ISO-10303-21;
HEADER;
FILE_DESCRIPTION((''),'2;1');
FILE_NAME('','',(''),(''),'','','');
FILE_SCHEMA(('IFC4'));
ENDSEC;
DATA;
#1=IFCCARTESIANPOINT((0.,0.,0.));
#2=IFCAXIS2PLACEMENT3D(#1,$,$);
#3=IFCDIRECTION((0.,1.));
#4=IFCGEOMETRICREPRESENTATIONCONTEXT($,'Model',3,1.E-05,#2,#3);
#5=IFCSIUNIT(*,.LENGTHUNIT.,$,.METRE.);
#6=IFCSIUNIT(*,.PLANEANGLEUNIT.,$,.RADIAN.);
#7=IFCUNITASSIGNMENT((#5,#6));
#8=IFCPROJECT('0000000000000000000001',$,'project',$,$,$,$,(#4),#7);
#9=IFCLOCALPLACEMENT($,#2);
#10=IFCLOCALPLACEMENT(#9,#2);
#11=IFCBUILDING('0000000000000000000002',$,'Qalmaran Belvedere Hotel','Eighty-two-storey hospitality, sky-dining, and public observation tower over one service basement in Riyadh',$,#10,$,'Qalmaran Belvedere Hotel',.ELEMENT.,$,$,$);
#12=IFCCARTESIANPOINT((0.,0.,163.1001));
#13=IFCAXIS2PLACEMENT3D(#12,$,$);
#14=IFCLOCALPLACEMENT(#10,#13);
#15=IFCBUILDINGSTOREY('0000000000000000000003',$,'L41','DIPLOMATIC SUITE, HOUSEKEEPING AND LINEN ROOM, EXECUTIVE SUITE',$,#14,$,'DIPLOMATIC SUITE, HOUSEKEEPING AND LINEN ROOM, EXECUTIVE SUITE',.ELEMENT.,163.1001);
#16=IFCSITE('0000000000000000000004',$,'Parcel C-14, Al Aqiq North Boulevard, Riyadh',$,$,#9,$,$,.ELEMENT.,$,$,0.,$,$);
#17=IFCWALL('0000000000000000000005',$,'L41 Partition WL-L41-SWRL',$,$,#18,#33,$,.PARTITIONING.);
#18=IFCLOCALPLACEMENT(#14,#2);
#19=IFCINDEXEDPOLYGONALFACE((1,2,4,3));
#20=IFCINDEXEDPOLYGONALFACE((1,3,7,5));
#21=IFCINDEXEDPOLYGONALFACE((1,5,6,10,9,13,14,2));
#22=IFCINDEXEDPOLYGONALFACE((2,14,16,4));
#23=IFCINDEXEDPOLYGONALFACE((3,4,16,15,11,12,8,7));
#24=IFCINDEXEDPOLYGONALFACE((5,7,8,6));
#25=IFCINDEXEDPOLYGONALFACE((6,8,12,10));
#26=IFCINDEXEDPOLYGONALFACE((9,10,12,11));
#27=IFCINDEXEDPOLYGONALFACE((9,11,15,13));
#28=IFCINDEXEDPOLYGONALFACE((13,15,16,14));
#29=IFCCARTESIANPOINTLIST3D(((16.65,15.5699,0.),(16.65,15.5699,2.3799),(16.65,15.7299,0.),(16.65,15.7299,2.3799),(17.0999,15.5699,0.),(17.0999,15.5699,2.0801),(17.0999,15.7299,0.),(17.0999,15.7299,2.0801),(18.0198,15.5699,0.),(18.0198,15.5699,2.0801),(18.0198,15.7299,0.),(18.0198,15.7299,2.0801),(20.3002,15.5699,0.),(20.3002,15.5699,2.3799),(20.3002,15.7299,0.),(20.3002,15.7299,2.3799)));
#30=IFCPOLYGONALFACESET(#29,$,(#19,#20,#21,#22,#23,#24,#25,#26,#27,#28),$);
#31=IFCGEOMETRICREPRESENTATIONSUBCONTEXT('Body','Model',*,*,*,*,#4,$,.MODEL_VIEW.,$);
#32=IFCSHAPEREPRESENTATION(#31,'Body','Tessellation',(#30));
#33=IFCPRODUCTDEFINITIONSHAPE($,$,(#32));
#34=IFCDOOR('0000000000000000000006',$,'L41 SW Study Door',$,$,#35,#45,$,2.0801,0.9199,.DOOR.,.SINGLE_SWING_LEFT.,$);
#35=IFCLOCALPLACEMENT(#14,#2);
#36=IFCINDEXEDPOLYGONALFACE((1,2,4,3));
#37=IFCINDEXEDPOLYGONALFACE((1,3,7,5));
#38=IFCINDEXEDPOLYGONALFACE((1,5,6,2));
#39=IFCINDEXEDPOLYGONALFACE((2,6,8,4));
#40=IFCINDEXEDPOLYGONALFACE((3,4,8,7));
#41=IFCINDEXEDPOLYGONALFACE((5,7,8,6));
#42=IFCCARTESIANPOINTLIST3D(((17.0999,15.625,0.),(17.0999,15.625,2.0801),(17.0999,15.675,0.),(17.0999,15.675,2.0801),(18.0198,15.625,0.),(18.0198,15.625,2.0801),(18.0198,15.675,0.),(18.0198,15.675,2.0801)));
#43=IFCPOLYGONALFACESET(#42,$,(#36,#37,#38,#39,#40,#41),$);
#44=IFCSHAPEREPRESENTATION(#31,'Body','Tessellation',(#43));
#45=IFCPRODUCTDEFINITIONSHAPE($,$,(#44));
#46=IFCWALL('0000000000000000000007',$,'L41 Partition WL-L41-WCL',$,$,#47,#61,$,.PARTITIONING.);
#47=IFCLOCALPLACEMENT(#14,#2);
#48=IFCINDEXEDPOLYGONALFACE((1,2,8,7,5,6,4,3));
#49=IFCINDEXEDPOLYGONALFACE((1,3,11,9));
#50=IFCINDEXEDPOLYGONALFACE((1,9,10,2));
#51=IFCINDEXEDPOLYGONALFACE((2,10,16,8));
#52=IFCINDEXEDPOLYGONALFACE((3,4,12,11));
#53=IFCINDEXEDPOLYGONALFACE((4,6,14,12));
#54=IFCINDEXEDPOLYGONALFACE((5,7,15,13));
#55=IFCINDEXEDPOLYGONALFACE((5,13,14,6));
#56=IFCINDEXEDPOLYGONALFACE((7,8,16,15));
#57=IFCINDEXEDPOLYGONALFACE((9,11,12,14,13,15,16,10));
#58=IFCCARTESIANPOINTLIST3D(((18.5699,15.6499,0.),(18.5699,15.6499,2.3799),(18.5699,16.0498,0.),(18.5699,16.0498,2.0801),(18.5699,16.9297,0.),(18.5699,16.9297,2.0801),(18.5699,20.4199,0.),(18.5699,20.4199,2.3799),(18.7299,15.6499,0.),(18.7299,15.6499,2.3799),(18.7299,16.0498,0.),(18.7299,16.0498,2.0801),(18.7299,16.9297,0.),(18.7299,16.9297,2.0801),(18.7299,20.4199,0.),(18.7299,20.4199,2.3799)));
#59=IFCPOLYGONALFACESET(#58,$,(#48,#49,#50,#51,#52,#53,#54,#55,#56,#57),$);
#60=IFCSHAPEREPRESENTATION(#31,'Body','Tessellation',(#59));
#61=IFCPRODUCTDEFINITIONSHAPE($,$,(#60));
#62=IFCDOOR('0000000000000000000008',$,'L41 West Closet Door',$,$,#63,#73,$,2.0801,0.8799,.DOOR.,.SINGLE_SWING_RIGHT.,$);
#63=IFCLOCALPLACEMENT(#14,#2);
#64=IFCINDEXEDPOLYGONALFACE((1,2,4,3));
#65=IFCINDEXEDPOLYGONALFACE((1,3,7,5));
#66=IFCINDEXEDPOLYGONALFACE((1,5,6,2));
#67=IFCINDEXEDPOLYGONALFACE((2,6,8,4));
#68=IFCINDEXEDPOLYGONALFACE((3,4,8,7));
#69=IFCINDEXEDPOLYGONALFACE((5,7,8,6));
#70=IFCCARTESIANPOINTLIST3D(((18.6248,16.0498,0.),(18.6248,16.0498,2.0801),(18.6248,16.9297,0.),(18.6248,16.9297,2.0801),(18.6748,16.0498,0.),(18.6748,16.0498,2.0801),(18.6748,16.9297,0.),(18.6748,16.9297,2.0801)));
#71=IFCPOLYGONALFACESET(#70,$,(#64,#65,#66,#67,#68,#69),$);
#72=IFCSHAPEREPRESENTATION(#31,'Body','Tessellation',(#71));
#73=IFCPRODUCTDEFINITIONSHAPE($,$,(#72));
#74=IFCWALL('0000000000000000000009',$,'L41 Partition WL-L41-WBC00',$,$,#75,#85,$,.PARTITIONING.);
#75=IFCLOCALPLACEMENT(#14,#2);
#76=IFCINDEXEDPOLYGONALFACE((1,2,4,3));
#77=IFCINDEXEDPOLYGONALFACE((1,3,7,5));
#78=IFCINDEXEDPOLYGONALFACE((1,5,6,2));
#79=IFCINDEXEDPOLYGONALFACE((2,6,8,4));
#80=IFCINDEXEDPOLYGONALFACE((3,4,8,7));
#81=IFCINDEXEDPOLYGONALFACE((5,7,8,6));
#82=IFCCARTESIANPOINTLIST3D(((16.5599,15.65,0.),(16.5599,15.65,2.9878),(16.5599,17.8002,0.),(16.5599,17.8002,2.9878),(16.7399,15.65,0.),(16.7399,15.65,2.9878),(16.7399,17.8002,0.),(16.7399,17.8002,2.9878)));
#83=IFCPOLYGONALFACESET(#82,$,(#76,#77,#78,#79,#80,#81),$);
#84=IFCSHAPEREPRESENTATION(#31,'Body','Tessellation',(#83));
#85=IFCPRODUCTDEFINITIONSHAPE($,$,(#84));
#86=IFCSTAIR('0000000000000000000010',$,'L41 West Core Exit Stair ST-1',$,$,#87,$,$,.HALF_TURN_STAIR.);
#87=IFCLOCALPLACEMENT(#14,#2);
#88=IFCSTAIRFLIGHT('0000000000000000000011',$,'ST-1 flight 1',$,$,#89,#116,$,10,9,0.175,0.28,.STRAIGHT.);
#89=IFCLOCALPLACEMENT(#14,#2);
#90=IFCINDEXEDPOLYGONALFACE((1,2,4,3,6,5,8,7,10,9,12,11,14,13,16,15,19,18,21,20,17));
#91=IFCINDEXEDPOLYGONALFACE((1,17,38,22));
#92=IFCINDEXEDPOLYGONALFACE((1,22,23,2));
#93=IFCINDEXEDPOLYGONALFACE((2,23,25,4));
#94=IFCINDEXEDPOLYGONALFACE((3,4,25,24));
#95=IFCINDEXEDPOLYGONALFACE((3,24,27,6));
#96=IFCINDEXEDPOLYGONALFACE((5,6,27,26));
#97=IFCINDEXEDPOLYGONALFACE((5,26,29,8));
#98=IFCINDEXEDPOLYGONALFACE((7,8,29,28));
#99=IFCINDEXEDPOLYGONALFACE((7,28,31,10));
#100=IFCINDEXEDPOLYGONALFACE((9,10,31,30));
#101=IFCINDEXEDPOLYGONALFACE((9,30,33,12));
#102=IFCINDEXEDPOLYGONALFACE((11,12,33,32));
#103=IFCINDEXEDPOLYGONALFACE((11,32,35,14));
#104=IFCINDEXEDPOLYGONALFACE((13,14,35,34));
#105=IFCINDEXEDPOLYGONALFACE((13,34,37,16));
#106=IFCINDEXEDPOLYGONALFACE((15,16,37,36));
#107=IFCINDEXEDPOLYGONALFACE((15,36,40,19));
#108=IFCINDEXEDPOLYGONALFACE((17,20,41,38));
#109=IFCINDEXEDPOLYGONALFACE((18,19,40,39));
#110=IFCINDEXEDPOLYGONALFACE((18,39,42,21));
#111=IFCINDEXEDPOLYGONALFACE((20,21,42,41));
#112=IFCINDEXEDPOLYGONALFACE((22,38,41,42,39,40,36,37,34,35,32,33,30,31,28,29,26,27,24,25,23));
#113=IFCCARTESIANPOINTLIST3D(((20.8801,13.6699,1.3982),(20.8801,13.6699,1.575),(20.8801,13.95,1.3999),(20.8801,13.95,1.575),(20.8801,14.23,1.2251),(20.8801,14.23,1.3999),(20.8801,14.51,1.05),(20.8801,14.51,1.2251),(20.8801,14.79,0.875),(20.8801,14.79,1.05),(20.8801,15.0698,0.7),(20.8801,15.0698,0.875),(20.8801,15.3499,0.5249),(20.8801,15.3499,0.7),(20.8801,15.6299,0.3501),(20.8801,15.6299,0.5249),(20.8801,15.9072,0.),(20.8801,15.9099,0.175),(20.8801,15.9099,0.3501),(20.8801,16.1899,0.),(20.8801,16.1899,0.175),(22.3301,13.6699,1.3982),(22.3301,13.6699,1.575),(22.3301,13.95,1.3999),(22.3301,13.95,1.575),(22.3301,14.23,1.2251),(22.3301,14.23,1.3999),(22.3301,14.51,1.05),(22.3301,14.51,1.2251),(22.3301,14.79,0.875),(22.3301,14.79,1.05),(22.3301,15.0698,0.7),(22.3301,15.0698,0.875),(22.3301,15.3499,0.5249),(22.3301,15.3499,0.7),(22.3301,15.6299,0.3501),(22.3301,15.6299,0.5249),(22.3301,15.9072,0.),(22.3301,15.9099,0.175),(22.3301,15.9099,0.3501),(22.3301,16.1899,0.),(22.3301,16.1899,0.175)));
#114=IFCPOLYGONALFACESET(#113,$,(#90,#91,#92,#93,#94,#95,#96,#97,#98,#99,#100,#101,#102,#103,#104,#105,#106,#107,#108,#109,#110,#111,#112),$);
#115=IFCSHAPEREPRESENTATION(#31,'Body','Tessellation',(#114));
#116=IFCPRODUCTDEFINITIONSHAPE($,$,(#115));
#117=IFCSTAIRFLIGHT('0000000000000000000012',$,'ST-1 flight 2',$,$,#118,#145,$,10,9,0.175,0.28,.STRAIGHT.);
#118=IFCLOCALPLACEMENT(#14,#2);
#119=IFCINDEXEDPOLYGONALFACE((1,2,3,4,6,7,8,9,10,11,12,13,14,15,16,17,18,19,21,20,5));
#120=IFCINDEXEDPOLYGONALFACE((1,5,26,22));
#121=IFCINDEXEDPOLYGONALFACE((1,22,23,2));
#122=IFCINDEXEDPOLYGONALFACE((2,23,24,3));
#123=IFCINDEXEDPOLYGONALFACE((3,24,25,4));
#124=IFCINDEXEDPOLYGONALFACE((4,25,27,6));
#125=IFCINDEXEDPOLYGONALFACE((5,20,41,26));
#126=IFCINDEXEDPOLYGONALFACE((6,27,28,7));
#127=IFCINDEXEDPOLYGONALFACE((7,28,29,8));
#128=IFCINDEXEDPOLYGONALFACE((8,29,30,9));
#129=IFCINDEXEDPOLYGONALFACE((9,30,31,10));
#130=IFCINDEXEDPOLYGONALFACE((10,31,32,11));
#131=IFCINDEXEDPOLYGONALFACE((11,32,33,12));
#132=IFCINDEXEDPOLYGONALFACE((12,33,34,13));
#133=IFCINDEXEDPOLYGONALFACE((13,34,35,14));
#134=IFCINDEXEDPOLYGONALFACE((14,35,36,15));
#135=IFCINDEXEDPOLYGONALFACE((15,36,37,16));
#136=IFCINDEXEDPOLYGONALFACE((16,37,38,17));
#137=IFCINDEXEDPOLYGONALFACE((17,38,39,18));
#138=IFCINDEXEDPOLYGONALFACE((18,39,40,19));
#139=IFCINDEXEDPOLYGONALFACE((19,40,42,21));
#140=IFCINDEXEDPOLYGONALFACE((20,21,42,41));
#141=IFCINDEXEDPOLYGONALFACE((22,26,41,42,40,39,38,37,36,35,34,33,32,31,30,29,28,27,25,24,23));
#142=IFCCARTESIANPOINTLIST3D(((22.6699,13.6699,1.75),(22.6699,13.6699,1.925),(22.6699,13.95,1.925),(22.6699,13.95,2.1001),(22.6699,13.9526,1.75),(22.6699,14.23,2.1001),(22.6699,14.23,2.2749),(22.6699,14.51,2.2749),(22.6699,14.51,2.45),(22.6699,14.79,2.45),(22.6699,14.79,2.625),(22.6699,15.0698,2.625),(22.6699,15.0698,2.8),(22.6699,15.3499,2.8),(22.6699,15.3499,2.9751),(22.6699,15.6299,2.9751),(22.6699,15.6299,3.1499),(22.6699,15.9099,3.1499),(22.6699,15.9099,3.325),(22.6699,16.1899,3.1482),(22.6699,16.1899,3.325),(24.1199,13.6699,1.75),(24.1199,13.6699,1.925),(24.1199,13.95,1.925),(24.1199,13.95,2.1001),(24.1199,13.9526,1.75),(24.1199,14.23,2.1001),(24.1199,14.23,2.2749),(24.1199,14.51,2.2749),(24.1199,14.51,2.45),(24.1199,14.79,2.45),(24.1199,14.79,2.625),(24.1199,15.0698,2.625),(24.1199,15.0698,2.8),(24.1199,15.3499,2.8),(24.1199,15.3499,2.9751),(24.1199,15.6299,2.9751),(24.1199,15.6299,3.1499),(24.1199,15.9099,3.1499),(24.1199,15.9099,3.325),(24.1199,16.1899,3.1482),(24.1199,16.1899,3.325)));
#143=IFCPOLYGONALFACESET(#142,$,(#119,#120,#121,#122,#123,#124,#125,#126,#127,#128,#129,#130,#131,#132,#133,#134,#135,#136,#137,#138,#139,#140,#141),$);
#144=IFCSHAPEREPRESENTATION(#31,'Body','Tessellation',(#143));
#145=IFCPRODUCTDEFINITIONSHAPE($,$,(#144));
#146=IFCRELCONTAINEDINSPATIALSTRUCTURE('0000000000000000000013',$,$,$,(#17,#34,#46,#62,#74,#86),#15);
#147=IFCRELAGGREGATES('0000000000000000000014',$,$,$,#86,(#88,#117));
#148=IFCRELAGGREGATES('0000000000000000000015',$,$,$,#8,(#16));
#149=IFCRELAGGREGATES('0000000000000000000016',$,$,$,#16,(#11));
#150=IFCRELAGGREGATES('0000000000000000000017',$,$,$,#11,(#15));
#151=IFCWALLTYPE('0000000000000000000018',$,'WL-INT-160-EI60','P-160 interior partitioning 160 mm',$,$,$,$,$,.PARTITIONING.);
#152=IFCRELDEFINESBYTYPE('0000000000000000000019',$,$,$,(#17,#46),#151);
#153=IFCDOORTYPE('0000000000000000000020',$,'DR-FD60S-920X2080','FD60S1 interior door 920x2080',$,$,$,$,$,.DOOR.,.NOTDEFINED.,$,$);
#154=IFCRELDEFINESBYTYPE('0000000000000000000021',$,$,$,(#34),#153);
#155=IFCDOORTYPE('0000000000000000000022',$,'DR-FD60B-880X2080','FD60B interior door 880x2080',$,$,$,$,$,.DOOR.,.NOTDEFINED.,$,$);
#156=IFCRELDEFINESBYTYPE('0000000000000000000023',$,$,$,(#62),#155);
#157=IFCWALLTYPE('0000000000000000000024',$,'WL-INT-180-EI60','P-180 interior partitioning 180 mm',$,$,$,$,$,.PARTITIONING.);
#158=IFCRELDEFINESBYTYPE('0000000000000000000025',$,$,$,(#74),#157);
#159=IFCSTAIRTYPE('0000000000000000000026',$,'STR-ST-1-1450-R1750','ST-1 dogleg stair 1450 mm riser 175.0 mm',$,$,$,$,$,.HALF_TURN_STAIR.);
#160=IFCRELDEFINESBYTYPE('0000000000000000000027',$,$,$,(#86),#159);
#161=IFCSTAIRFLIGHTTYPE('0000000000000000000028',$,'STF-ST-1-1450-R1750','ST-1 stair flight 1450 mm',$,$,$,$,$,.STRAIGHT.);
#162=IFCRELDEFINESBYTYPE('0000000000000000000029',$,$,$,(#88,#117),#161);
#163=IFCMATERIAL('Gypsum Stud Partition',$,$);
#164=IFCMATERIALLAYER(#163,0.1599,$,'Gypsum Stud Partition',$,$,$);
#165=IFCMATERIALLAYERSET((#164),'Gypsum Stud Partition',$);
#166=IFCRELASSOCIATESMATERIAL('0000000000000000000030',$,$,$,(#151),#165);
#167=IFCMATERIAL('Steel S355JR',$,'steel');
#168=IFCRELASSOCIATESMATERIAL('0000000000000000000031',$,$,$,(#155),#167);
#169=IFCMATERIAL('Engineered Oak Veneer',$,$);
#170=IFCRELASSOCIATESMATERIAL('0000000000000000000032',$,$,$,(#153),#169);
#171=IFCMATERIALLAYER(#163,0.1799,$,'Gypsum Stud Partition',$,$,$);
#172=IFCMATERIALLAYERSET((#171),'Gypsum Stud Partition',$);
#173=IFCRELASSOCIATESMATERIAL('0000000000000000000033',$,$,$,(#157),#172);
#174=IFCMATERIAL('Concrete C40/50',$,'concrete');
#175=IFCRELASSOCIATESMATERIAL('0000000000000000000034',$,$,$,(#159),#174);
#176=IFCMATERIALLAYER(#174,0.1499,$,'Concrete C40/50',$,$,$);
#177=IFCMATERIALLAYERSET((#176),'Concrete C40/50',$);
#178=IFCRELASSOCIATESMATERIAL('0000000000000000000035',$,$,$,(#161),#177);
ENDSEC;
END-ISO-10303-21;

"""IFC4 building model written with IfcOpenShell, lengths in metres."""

from ifc_helpers import new_model, si_unit, direction, frame, frame_2d, origin, place, context, subcontext, project, spatial, polyline, rectangle, outline, extrude, material, layer, layer_set, type_object, element, fill, aggregate, save


model = new_model("IFC4")

# Units and contexts
model_context = context("Model", 3, precision=1e-05, world=origin(), true_north=direction((0.0, 1.0)))
body_context = subcontext(model_context, "Body", "Model", "MODEL_VIEW")
ifc_project = project(units=[si_unit("LENGTHUNIT", "METRE"), si_unit("PLANEANGLEUNIT", "RADIAN")], contexts=[model_context])

# Site, building, storey
site_placement = place(None, origin())
site = spatial("IfcSite", under=ifc_project, at=site_placement, Name="Parcel C-14, Al Aqiq North Boulevard, Riyadh", CompositionType="ELEMENT", RefElevation=0.0)
building_placement = place(site_placement, origin())
building = spatial("IfcBuilding", under=site, at=building_placement, Name="Qalmaran Belvedere Hotel", Description="Eighty-two-storey hospitality, sky-dining, and public observation tower over one service basement in Riyadh", LongName="Qalmaran Belvedere Hotel", CompositionType="ELEMENT")
storey_placement = place(building_placement, frame((0.0, 0.0, 163.1001)))
storey = spatial("IfcBuildingStorey", under=building, at=storey_placement, Name="L41", Description="DIPLOMATIC SUITE, HOUSEKEEPING AND LINEN ROOM, EXECUTIVE SUITE", LongName="DIPLOMATIC SUITE, HOUSEKEEPING AND LINEN ROOM, EXECUTIVE SUITE", CompositionType="ELEMENT", Elevation=163.1001)

# Shared definitions
ifc_material_1 = material(Name="Gypsum Stud Partition")
ifc_material_2 = material(Name="Engineered Oak Veneer")

# Walls, openings, doors
ifc_layer_1 = layer(ifc_material_1, 0.1599, Name="Gypsum Stud Partition")
ifc_layer_set_1 = layer_set([ifc_layer_1], Name="Gypsum Stud Partition")
wall_type_1 = type_object("IfcWallType", Name="WL-INT-160-EI60", Description="P-160 interior partitioning 160 mm", PredefinedType="PARTITIONING", material=ifc_layer_set_1)
ifc_material_3 = material(Name="Steel S355JR", Category="steel")
door_type_1 = type_object("IfcDoorType", Name="DR-FD60B-880X2080", Description="FD60B interior door 880x2080", OperationType="NOTDEFINED", PredefinedType="DOOR", material=ifc_material_3)
wall_1_placement = place(storey_placement, frame((16.6499, 15.6499, 0.0), z_axis=(0.0, 0.0, 1.0), x_axis=(1.0, 0.0, 0.0)))
wall_1 = element("IfcWall", 1, at=wall_1_placement, inside=storey, type_object=wall_type_1, Name="L41 Partition WL-L41-SWRL", PredefinedType="PARTITIONING", context=body_context, shape_type="SweptSolid", body=[
    extrude(rectangle(XDim=3.6501, YDim=0.1599, at=frame_2d((1.8252, 0.0))), origin(), (0.0, 0.0, 1.0), 2.3799),
])
opening_1_placement = place(wall_1_placement, frame((1.3699, 0.0, 0.0), z_axis=(0.0, 0.0, 1.0), x_axis=(-1.0, 0.0, 0.0)))
opening_1 = element("IfcOpeningElement", 2, at=opening_1_placement, cuts=wall_1, PredefinedType="OPENING", context=body_context, shape_type="SweptSolid", body=[
    extrude(rectangle(XDim=0.9199, YDim=2.0801, at=frame_2d((0.46, 1.04))), frame((0.0, 0.0898, 0.0), z_axis=(0.0, -1.0, 0.0), x_axis=(1.0, 0.0, 0.0)), (0.0, 0.0, 1.0), 0.1799),
])
door_type_2 = type_object("IfcDoorType", Name="DR-FD60S-920X2080", Description="FD60S1 interior door 920x2080", OperationType="NOTDEFINED", PredefinedType="DOOR", material=ifc_material_2)
door_1_placement = place(opening_1_placement, origin())
door_1 = element("IfcDoor", 3, at=door_1_placement, inside=storey, type_object=door_type_2, Name="L41 SW Study Door", OperationType="SINGLE_SWING_LEFT", OverallHeight=2.0801, OverallWidth=0.9199, PredefinedType="DOOR", context=body_context, shape_type="SweptSolid", body=[
    extrude(rectangle(XDim=0.9199, YDim=2.0801, at=frame_2d((0.46, 1.04))), frame((0.0, 0.0249, 0.0), z_axis=(0.0, -1.0, 0.0), x_axis=(1.0, 0.0, 0.0)), (0.0, 0.0, 1.0), 0.05),
])
fill(opening_1, door_1)
wall_2_placement = place(storey_placement, frame((18.6499, 15.6499, 0.0), z_axis=(0.0, 0.0, 1.0), x_axis=(0.0, 1.0, 0.0)))
wall_2 = element("IfcWall", 4, at=wall_2_placement, inside=storey, type_object=wall_type_1, Name="L41 Partition WL-L41-WCL", PredefinedType="PARTITIONING", context=body_context, shape_type="SweptSolid", body=[
    extrude(rectangle(XDim=4.77, YDim=0.1599, at=frame_2d((2.385, 0.0))), origin(), (0.0, 0.0, 1.0), 2.3799),
])
opening_2_placement = place(wall_2_placement, frame((1.2798, 0.0, 0.0), z_axis=(0.0, 0.0, 1.0), x_axis=(-1.0, 0.0, 0.0)))
opening_2 = element("IfcOpeningElement", 5, at=opening_2_placement, cuts=wall_2, PredefinedType="OPENING", context=body_context, shape_type="SweptSolid", body=[
    extrude(rectangle(XDim=0.8799, YDim=2.0801, at=frame_2d((0.4399, 1.04))), frame((0.0, 0.0898, 0.0), z_axis=(0.0, -1.0, 0.0), x_axis=(1.0, 0.0, 0.0)), (0.0, 0.0, 1.0), 0.1799),
])
door_2_placement = place(opening_2_placement, origin())
door_2 = element("IfcDoor", 6, at=door_2_placement, inside=storey, type_object=door_type_1, Name="L41 West Closet Door", OperationType="SINGLE_SWING_RIGHT", OverallHeight=2.0801, OverallWidth=0.8799, PredefinedType="DOOR", context=body_context, shape_type="SweptSolid", body=[
    extrude(rectangle(XDim=0.8799, YDim=2.0801, at=frame_2d((0.4399, 1.04))), frame((0.0, 0.0249, 0.0), z_axis=(0.0, -1.0, 0.0), x_axis=(1.0, 0.0, 0.0)), (0.0, 0.0, 1.0), 0.05),
])
fill(opening_2, door_2)

# Wall
ifc_layer_2 = layer(ifc_material_1, 0.1799, Name="Gypsum Stud Partition")
ifc_layer_set_2 = layer_set([ifc_layer_2], Name="Gypsum Stud Partition")
wall_type_2 = type_object("IfcWallType", Name="WL-INT-180-EI60", Description="P-180 interior partitioning 180 mm", PredefinedType="PARTITIONING", material=ifc_layer_set_2)
wall_3_placement = place(storey_placement, frame((16.6499, 15.6499, 0.0), z_axis=(0.0, 0.0, 1.0), x_axis=(0.0, 1.0, 0.0)))
element("IfcWall", 7, at=wall_3_placement, inside=storey, type_object=wall_type_2, Name="L41 Partition WL-L41-WBC00", PredefinedType="PARTITIONING", context=body_context, shape_type="SweptSolid", body=[
    extrude(rectangle(XDim=2.1501, YDim=0.1799, at=frame_2d((1.0752, 0.0))), origin(), (0.0, 0.0, 1.0), 2.9878),
])

# Stair, stair flights
ifc_material_4 = material(Name="Concrete C40/50", Category="concrete")
stair_type = type_object("IfcStairType", Name="STR-ST-1-1450-R1750", Description="ST-1 dogleg stair 1450 mm riser 175.0 mm", PredefinedType="HALF_TURN_STAIR", material=ifc_material_4)
stair_placement = place(storey_placement, origin())
stair = element("IfcStair", 8, at=stair_placement, inside=storey, type_object=stair_type, Name="L41 West Core Exit Stair ST-1", PredefinedType="HALF_TURN_STAIR")
ifc_layer_3 = layer(ifc_material_4, 0.1499, Name="Concrete C40/50")
ifc_layer_set_3 = layer_set([ifc_layer_3], Name="Concrete C40/50")
stair_flight_type = type_object("IfcStairFlightType", Name="STF-ST-1-1450-R1750", Description="ST-1 stair flight 1450 mm", PredefinedType="STRAIGHT", material=ifc_layer_set_3)
stair_flight_1_placement = place(storey_placement, frame((21.605, 16.1899, 0.0), z_axis=(0.0, 0.0, 1.0), x_axis=(0.0, -1.0, 0.0)))
stair_flight_1 = element("IfcStairFlight", 9, at=stair_flight_1_placement, type_object=stair_flight_type, Name="ST-1 flight 1", NumberOfRisers=10, NumberOfTreads=9, PredefinedType="STRAIGHT", RiserHeight=0.175, TreadLength=0.28, context=body_context, shape_type="SweptSolid", body=[
    extrude(outline(polyline([(0.0, 0.0), (0.0, 0.175), (0.28, 0.175), (0.28, 0.3501), (0.5601, 0.3501), (0.5601, 0.5249), (0.8401, 0.5249), (0.8401, 0.7), (1.1201, 0.7), (1.1201, 0.875), (1.3999, 0.875), (1.3999, 1.05), (1.6799, 1.05), (1.6799, 1.2251), (1.96, 1.2251), (1.96, 1.3999), (2.24, 1.3999), (2.24, 1.575), (2.52, 1.575), (2.52, 1.75), (2.52, 1.3982), (0.2827, 0.0), (0.0, 0.0)])), frame((0.0, 0.7251, 0.0), z_axis=(0.0, -1.0, 0.0), x_axis=(1.0, 0.0, 0.0)), (0.0, 0.0, 1.0), 1.45),
])
stair_flight_2_placement = place(storey_placement, frame((23.395, 13.6699, 1.75), z_axis=(0.0, 0.0, 1.0), x_axis=(0.0, 1.0, 0.0)))
stair_flight_2 = element("IfcStairFlight", 10, at=stair_flight_2_placement, type_object=stair_flight_type, Name="ST-1 flight 2", NumberOfRisers=10, NumberOfTreads=9, PredefinedType="STRAIGHT", RiserHeight=0.175, TreadLength=0.28, context=body_context, shape_type="SweptSolid", body=[
    extrude(outline(polyline([(0.0, 0.0), (0.0, 0.175), (0.28, 0.175), (0.28, 0.3501), (0.5601, 0.3501), (0.5601, 0.5249), (0.8401, 0.5249), (0.8401, 0.7), (1.1201, 0.7), (1.1201, 0.875), (1.3999, 0.875), (1.3999, 1.05), (1.6799, 1.05), (1.6799, 1.2251), (1.96, 1.2251), (1.96, 1.3999), (2.24, 1.3999), (2.24, 1.575), (2.52, 1.575), (2.52, 1.75), (2.52, 1.3982), (0.2827, 0.0), (0.0, 0.0)])), frame((0.0, 0.7251, 0.0), z_axis=(0.0, -1.0, 0.0), x_axis=(1.0, 0.0, 0.0)), (0.0, 0.0, 1.0), 1.45),
])
aggregate(stair, [stair_flight_1, stair_flight_2])

save(model, "model.ifc")
